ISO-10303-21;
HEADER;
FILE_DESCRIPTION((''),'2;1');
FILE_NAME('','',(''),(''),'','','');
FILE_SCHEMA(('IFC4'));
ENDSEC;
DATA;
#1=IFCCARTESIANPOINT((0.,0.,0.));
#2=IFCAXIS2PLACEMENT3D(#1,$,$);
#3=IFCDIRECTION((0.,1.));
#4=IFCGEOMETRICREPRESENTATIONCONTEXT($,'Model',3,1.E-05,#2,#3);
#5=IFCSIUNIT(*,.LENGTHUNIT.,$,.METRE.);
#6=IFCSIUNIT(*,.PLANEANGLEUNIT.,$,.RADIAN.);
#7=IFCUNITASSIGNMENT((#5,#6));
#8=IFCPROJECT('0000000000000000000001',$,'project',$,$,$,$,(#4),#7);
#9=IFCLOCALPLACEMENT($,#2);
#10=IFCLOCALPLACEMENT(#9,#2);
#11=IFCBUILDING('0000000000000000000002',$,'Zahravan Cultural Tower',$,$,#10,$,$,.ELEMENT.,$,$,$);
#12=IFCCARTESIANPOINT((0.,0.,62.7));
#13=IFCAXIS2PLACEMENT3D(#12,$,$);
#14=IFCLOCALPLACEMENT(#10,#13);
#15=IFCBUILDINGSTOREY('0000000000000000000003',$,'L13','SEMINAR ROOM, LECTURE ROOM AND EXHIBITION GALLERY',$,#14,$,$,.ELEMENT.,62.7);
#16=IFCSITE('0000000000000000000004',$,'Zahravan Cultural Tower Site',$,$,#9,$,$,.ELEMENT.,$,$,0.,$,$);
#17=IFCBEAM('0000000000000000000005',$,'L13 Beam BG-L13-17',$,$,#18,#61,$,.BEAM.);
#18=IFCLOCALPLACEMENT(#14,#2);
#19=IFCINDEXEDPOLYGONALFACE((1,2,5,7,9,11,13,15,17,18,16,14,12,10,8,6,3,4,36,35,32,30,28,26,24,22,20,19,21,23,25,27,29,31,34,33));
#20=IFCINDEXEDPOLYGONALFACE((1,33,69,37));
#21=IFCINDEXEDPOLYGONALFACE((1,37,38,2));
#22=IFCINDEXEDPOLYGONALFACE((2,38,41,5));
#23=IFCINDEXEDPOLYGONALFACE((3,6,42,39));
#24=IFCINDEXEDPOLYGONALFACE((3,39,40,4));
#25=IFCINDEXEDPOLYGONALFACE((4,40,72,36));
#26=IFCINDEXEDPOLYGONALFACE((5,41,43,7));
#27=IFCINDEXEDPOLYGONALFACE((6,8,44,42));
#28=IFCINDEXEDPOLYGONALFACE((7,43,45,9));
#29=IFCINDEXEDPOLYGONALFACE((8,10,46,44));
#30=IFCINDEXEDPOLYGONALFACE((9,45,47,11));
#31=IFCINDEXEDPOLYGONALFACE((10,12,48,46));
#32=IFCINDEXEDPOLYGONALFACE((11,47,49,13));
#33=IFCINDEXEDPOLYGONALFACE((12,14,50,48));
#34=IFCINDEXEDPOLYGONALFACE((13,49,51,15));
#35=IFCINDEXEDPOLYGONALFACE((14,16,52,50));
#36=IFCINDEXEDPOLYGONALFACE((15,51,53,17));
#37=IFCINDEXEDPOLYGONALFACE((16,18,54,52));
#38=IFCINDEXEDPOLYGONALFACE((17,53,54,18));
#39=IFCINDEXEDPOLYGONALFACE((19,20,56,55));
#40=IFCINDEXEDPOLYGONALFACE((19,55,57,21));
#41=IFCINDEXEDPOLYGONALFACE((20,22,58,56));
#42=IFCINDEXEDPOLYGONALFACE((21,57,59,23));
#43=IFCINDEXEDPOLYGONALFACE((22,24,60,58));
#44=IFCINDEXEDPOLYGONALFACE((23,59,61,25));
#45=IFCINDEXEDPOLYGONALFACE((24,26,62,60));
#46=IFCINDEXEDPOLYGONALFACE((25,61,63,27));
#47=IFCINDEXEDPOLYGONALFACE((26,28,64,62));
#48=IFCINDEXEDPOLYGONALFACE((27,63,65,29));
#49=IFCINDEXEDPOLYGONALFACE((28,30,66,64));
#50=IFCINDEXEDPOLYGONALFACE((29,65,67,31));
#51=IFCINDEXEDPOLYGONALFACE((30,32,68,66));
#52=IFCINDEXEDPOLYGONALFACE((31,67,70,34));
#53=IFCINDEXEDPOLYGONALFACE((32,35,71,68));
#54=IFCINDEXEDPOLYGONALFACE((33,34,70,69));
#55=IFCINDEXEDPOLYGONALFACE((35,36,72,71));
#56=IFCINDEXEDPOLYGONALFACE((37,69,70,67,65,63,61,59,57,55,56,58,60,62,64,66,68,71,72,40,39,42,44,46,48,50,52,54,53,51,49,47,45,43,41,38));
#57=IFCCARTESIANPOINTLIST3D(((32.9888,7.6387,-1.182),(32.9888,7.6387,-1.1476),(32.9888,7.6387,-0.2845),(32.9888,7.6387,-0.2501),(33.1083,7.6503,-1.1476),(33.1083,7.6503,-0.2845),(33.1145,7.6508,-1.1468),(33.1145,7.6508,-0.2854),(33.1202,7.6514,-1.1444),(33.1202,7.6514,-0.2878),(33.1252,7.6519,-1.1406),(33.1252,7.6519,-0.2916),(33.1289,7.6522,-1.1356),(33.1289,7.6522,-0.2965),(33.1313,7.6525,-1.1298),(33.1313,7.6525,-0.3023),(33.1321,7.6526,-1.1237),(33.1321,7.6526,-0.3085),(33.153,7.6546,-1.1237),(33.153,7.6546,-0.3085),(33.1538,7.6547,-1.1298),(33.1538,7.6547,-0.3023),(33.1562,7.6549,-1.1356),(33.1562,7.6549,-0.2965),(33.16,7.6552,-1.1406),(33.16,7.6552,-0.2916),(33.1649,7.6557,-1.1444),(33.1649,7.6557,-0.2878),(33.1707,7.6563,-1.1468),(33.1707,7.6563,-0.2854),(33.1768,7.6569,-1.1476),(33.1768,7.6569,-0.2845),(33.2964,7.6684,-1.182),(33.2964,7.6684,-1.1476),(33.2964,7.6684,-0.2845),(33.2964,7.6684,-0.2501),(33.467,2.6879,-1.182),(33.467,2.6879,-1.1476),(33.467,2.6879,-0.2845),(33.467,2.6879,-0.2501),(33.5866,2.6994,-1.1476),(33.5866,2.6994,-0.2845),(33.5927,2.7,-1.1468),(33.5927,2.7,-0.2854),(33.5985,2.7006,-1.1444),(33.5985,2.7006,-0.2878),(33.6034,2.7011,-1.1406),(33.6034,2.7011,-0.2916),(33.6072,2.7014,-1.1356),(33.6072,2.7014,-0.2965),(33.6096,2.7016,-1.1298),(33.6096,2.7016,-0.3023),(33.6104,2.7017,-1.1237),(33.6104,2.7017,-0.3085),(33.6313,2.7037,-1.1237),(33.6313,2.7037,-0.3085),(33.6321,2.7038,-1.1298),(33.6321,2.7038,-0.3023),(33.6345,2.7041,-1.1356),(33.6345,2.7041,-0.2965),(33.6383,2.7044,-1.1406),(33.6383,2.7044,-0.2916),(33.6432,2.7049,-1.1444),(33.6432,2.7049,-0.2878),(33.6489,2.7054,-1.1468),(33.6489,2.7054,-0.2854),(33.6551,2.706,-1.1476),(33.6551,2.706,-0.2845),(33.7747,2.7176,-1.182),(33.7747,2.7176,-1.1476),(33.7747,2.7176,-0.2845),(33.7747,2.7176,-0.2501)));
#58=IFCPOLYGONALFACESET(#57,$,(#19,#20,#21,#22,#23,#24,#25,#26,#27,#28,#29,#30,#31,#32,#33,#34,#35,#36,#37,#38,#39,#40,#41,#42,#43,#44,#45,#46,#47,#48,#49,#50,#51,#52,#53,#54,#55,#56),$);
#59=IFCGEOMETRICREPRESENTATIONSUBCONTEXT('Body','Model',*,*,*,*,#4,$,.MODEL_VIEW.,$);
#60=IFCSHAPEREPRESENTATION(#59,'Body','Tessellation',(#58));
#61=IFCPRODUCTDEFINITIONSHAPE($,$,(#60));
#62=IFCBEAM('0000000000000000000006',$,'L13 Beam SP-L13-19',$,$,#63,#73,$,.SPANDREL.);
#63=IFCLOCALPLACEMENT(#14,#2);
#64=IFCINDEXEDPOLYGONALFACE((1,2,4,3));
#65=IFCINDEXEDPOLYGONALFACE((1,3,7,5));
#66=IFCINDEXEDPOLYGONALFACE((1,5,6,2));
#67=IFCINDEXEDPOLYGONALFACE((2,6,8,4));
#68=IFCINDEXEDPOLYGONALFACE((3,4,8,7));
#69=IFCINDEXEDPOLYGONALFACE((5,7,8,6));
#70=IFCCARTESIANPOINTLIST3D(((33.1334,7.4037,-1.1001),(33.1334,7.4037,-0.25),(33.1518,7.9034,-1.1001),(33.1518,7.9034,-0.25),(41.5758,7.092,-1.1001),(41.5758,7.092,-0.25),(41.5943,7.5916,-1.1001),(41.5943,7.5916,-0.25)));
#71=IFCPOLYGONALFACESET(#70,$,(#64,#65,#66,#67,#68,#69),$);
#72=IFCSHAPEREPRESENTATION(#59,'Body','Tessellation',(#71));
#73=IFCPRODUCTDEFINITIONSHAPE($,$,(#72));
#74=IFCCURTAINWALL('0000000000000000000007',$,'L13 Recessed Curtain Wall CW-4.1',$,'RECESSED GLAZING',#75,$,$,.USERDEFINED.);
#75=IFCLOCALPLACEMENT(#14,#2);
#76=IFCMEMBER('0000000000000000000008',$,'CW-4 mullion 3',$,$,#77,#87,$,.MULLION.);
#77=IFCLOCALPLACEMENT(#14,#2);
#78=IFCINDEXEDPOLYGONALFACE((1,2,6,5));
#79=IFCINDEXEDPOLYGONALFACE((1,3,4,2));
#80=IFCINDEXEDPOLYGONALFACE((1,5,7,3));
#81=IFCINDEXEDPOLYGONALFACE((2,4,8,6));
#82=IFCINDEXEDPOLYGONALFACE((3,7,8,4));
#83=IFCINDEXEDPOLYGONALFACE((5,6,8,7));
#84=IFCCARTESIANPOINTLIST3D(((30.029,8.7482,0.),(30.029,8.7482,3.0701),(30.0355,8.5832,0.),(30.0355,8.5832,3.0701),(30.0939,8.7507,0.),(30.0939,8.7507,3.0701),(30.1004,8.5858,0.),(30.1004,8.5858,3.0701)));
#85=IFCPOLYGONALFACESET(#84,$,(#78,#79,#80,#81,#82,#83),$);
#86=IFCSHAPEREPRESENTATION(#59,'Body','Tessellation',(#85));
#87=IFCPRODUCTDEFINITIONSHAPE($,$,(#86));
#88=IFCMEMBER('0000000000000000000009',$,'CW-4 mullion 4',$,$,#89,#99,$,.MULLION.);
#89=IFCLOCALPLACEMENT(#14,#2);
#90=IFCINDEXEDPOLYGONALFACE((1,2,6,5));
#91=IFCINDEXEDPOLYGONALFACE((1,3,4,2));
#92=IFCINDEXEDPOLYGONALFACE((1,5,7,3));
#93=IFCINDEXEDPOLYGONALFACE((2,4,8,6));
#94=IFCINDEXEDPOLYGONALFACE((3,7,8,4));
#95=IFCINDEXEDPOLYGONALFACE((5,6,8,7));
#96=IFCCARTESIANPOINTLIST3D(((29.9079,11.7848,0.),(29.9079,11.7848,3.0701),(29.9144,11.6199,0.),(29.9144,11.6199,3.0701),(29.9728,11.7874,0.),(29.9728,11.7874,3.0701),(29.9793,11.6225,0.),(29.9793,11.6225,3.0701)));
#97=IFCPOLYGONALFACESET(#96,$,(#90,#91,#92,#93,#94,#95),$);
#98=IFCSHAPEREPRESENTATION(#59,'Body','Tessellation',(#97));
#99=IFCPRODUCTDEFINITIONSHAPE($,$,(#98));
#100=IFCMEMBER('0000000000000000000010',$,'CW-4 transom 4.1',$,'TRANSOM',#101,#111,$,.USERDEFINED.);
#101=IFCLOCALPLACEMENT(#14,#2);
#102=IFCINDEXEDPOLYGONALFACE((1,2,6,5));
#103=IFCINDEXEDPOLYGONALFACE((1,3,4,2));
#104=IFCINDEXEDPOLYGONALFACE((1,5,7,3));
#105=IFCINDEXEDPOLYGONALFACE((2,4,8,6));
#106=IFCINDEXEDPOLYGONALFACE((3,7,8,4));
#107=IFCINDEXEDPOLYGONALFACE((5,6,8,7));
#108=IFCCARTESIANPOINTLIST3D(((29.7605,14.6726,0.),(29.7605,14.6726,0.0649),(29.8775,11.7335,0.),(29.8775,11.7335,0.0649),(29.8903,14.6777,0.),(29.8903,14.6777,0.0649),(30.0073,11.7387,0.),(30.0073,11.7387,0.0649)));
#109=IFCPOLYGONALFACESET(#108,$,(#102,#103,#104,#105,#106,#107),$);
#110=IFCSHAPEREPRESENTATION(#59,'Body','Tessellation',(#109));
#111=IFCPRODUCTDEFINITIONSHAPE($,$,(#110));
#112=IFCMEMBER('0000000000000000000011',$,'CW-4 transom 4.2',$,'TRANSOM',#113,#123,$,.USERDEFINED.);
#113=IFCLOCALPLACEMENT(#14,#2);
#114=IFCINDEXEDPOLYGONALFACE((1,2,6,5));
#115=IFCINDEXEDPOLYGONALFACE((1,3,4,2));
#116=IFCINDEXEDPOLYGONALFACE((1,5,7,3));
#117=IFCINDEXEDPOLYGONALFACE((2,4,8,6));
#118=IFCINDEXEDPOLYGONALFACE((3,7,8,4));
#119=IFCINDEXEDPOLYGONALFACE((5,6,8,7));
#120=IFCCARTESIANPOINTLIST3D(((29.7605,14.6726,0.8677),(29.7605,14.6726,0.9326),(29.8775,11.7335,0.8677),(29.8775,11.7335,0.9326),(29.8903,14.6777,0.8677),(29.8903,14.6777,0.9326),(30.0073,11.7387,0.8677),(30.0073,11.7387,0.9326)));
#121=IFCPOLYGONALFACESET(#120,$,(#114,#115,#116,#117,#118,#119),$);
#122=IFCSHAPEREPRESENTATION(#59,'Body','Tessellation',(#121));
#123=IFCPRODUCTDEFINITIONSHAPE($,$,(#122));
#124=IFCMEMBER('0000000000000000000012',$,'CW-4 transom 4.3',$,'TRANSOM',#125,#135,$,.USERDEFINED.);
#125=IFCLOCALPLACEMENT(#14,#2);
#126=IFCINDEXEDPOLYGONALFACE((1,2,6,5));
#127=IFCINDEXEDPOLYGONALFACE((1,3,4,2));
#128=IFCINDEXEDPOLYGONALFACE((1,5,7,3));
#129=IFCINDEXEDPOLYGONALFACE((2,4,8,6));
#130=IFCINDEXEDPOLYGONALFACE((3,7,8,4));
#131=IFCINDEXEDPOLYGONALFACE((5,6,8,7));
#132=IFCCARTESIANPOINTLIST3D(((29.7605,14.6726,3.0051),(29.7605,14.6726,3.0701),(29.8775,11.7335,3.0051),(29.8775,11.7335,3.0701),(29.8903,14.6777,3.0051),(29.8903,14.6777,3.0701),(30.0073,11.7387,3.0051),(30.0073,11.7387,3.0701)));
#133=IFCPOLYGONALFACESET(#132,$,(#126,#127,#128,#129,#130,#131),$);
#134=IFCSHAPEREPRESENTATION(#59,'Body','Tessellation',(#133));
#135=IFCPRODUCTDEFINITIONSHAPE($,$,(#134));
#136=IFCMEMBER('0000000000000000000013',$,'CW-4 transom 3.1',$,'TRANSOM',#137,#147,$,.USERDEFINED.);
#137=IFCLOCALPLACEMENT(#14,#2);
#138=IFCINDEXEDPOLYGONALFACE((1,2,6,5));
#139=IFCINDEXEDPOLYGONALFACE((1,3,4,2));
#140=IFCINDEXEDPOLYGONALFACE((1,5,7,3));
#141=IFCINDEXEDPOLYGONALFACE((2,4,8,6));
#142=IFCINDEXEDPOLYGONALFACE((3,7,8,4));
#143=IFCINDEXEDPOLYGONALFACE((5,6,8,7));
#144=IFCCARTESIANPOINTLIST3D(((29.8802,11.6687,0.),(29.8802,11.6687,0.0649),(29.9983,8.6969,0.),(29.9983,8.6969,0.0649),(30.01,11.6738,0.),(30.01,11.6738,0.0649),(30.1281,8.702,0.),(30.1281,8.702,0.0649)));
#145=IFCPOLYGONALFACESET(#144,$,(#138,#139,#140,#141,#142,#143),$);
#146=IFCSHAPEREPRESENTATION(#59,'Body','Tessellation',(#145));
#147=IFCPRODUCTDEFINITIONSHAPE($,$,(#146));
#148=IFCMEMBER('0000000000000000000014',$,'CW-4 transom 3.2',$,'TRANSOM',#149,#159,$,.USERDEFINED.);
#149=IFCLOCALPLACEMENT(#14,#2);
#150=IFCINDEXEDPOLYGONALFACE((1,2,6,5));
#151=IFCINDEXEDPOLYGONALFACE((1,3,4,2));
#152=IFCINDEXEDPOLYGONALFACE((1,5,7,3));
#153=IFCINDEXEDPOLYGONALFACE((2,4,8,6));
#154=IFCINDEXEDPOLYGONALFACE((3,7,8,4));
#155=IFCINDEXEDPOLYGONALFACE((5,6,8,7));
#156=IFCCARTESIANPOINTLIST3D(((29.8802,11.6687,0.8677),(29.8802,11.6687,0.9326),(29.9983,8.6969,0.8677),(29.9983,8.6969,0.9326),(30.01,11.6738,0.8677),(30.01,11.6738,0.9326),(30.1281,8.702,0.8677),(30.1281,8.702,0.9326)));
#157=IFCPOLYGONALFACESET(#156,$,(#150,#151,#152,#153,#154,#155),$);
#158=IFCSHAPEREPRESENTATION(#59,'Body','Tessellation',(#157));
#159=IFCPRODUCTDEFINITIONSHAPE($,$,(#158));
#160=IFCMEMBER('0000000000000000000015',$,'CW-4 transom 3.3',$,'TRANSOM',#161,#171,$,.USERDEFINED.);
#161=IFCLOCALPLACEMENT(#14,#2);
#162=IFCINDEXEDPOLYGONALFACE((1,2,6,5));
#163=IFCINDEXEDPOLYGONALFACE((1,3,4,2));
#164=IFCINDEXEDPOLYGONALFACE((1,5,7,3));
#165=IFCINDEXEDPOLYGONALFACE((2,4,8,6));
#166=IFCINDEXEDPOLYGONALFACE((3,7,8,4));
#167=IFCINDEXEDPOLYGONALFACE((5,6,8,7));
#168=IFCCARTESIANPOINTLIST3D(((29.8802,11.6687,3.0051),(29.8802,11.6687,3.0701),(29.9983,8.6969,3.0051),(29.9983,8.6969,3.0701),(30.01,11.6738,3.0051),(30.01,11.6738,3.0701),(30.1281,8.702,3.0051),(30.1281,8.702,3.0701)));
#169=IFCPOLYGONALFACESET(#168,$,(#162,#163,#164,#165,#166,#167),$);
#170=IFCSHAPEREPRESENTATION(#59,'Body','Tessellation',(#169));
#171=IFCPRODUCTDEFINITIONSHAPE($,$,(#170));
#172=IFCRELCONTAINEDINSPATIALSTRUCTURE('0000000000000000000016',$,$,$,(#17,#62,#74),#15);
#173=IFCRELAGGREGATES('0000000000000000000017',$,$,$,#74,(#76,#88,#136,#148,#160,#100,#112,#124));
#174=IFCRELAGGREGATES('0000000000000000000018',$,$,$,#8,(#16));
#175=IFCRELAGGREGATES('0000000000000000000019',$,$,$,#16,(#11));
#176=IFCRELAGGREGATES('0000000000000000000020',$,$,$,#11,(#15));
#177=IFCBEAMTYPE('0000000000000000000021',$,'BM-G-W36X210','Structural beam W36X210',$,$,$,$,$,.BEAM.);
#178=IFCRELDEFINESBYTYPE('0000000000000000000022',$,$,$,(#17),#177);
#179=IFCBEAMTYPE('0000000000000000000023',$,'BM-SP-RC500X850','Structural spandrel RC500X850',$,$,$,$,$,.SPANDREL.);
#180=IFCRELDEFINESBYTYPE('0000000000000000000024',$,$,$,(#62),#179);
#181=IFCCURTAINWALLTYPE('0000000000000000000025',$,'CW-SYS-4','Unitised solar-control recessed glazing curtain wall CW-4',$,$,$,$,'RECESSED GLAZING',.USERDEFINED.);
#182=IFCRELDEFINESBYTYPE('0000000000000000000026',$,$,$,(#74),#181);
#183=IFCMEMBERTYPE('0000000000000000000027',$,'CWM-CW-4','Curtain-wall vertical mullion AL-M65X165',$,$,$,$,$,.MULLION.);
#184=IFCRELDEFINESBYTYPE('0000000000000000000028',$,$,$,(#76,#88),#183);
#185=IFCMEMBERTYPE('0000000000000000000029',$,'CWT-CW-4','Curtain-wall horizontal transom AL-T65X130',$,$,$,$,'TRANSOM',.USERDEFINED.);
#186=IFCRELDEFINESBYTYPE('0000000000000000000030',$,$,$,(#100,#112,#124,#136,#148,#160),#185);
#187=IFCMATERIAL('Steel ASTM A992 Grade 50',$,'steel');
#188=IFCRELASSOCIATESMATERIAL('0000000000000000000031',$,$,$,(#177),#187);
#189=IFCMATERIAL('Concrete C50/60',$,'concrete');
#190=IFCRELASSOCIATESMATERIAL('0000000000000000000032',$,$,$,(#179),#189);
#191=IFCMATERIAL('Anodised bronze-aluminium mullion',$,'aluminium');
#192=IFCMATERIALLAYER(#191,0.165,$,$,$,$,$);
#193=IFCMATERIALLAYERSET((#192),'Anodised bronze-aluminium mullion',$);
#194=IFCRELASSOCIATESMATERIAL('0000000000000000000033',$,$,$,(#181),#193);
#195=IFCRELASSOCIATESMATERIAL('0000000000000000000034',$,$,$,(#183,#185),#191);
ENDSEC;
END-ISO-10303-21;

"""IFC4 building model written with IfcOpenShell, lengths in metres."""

from ifc_helpers import new_model, si_unit, direction, frame, origin, origin_2d, place, context, subcontext, project, spatial, rectangle, i_section, extrude, source, transform, mapped, material, layer, layer_set, material_profile, profile_set, type_object, element, aggregate, save


model = new_model("IFC4")

# Units and contexts
model_context = context("Model", 3, precision=1e-05, world=origin(), true_north=direction((0.0, 1.0)))
body_context = subcontext(model_context, "Body", "Model", "MODEL_VIEW")
ifc_project = project(units=[si_unit("LENGTHUNIT", "METRE"), si_unit("PLANEANGLEUNIT", "RADIAN")], contexts=[model_context])

# Site, building, storey
site_placement = place(None, origin())
site = spatial("IfcSite", under=ifc_project, at=site_placement, Name="Zahravan Cultural Tower Site", CompositionType="ELEMENT", RefElevation=0.0)
building_placement = place(site_placement, origin())
building = spatial("IfcBuilding", under=site, at=building_placement, Name="Zahravan Cultural Tower", CompositionType="ELEMENT")
storey_placement = place(building_placement, frame((0.0, 0.0, 62.7)))
storey = spatial("IfcBuildingStorey", under=building, at=storey_placement, Name="L13", Description="SEMINAR ROOM, LECTURE ROOM AND EXHIBITION GALLERY", CompositionType="ELEMENT", Elevation=62.7)

# Beams
ifc_material_1 = material(Name="Steel ASTM A992 Grade 50", Category="steel")
ifc_material_profile_1 = material_profile(ifc_material_1, i_section(OverallWidth=0.3091, OverallDepth=0.9319, WebThickness=0.021, FlangeThickness=0.0344, FilletRadius=0.0239, at=origin_2d()), Name="W36X210")
ifc_profile_set_1 = profile_set([ifc_material_profile_1], Name="Steel ASTM A992 Grade 50")
beam_type_1 = type_object("IfcBeamType", Name="BM-G-W36X210", Description="Structural beam W36X210", PredefinedType="BEAM", material=ifc_profile_set_1)
shared_shape_1 = source(origin(), body_context, "Body", "SweptSolid", [
    extrude(i_section(OverallWidth=0.3091, OverallDepth=0.9319, WebThickness=0.021, FlangeThickness=0.0344, FilletRadius=0.0239, at=origin_2d()), origin(), (0.0, 0.0, 1.0), 4.9739),
])
beam_1_placement = place(storey_placement, frame((33.1426, 7.6536, -0.7161), z_axis=(0.096155, -0.995366, 0.0), x_axis=(0.995366, 0.096155, 0.0)))
element("IfcBeam", 1, at=beam_1_placement, inside=storey, type_object=beam_type_1, Name="L13 Beam BG-L13-17", PredefinedType="BEAM", context=body_context, shape_type="MappedRepresentation", body=[
    mapped(shared_shape_1, transform((0.0, 0.0, 0.0), x_axis=(1.0, 0.0, 0.0), y_axis=(0.0, 1.0, 0.0), z_axis=(0.0, 0.0, 1.0), scale=1.0)),
])
ifc_material_2 = material(Name="Concrete C50/60", Category="concrete")
ifc_material_profile_2 = material_profile(ifc_material_2, rectangle(XDim=0.5, YDim=0.8501, at=origin_2d()), Name="RC500X850")
ifc_profile_set_2 = profile_set([ifc_material_profile_2], Name="Concrete C50/60")
beam_type_2 = type_object("IfcBeamType", Name="BM-SP-RC500X850", Description="Structural spandrel RC500X850", PredefinedType="SPANDREL", material=ifc_profile_set_2)
shared_shape_2 = source(origin(), body_context, "Body", "SweptSolid", [
    extrude(rectangle(XDim=0.5, YDim=0.8501, at=origin_2d()), origin(), (0.0, 0.0, 1.0), 8.4482),
])
beam_2_placement = place(storey_placement, frame((33.1426, 7.6536, -0.675), z_axis=(0.999319, -0.036904, 0.0), x_axis=(0.036904, 0.999319, 0.0)))
element("IfcBeam", 2, at=beam_2_placement, inside=storey, type_object=beam_type_2, Name="L13 Beam SP-L13-19", PredefinedType="SPANDREL", context=body_context, shape_type="MappedRepresentation", body=[
    mapped(shared_shape_2, transform((0.0, 0.0, 0.0), x_axis=(1.0, 0.0, 0.0), y_axis=(0.0, 1.0, 0.0), z_axis=(0.0, 0.0, 1.0), scale=1.0)),
])

# Curtain wall, members
ifc_material_3 = material(Name="Anodised bronze-aluminium mullion", Category="aluminium")
ifc_layer_1 = layer(ifc_material_3, 0.165)
ifc_layer_set_1 = layer_set([ifc_layer_1], Name="Anodised bronze-aluminium mullion")
curtain_wall_type = type_object("IfcCurtainWallType", Name="CW-SYS-4", Description="Unitised solar-control recessed glazing curtain wall CW-4", ElementType="RECESSED GLAZING", PredefinedType="USERDEFINED", material=ifc_layer_set_1)
curtain_wall_placement = place(storey_placement, origin())
curtain_wall = element("IfcCurtainWall", 3, at=curtain_wall_placement, inside=storey, type_object=curtain_wall_type, Name="L13 Recessed Curtain Wall CW-4.1", ObjectType="RECESSED GLAZING", PredefinedType="USERDEFINED")
ifc_material_profile_3 = material_profile(ifc_material_3, rectangle(XDim=0.0649, YDim=0.165, at=origin_2d()), Name="AL-M65X165")
ifc_profile_set_3 = profile_set([ifc_material_profile_3], Name="Anodised bronze-aluminium mullion")
member_type_1 = type_object("IfcMemberType", Name="CWM-CW-4", Description="Curtain-wall vertical mullion AL-M65X165", PredefinedType="MULLION", material=ifc_profile_set_3)
shared_shape_3 = source(origin(), body_context, "Body", "SweptSolid", [
    extrude(rectangle(XDim=0.0649, YDim=0.165, at=origin_2d()), origin(), (0.0, 0.0, 1.0), 3.0701),
])
member_1_placement = place(storey_placement, frame((30.0647, 8.667, 0.0), z_axis=(0.0, 0.0, 1.0), x_axis=(-0.999208, -0.039785, 0.0)))
member_1 = element("IfcMember", 4, at=member_1_placement, type_object=member_type_1, Name="CW-4 mullion 3", PredefinedType="MULLION", context=body_context, shape_type="MappedRepresentation", body=[
    mapped(shared_shape_3, transform((0.0, 0.0, 0.0), x_axis=(1.0, 0.0, 0.0), y_axis=(0.0, 1.0, 0.0), z_axis=(0.0, 0.0, 1.0), scale=1.0)),
])
member_2_placement = place(storey_placement, frame((29.9436, 11.7036, 0.0), z_axis=(0.0, 0.0, 1.0), x_axis=(-0.999208, -0.039785, 0.0)))
member_2 = element("IfcMember", 5, at=member_2_placement, type_object=member_type_1, Name="CW-4 mullion 4", PredefinedType="MULLION", context=body_context, shape_type="MappedRepresentation", body=[
    mapped(shared_shape_3, transform((0.0, 0.0, 0.0), x_axis=(1.0, 0.0, 0.0), y_axis=(0.0, 1.0, 0.0), z_axis=(0.0, 0.0, 1.0), scale=1.0)),
])
ifc_material_profile_4 = material_profile(ifc_material_3, rectangle(XDim=0.1299, YDim=0.0649, at=origin_2d()), Name="AL-T65X130")
ifc_profile_set_4 = profile_set([ifc_material_profile_4], Name="Anodised bronze-aluminium mullion")
member_type_2 = type_object("IfcMemberType", Name="CWT-CW-4", Description="Curtain-wall horizontal transom AL-T65X130", ElementType="TRANSOM", PredefinedType="USERDEFINED", material=ifc_profile_set_4)
shared_shape_4 = source(origin(), body_context, "Body", "SweptSolid", [
    extrude(rectangle(XDim=0.1299, YDim=0.0649, at=origin_2d()), origin(), (0.0, 0.0, 1.0), 2.9414),
])
member_3_placement = place(storey_placement, frame((29.9424, 11.7361, 0.0325), z_axis=(-0.039759, 0.999209, 0.0), x_axis=(-0.999209, -0.039759, 0.0)))
member_3 = element("IfcMember", 6, at=member_3_placement, type_object=member_type_2, Name="CW-4 transom 4.1", ObjectType="TRANSOM", PredefinedType="USERDEFINED", context=body_context, shape_type="MappedRepresentation", body=[
    mapped(shared_shape_4, transform((0.0, 0.0, 0.0), x_axis=(1.0, 0.0, 0.0), y_axis=(0.0, 1.0, 0.0), z_axis=(0.0, 0.0, 1.0), scale=1.0)),
])
member_4_placement = place(storey_placement, frame((29.9424, 11.7361, 0.9001), z_axis=(-0.039759, 0.999209, 0.0), x_axis=(-0.999209, -0.039759, 0.0)))
member_4 = element("IfcMember", 7, at=member_4_placement, type_object=member_type_2, Name="CW-4 transom 4.2", ObjectType="TRANSOM", PredefinedType="USERDEFINED", context=body_context, shape_type="MappedRepresentation", body=[
    mapped(shared_shape_4, transform((0.0, 0.0, 0.0), x_axis=(1.0, 0.0, 0.0), y_axis=(0.0, 1.0, 0.0), z_axis=(0.0, 0.0, 1.0), scale=1.0)),
])
member_5_placement = place(storey_placement, frame((29.9424, 11.7361, 3.0376), z_axis=(-0.039759, 0.999209, 0.0), x_axis=(-0.999209, -0.039759, 0.0)))
member_5 = element("IfcMember", 8, at=member_5_placement, type_object=member_type_2, Name="CW-4 transom 4.3", ObjectType="TRANSOM", PredefinedType="USERDEFINED", context=body_context, shape_type="MappedRepresentation", body=[
    mapped(shared_shape_4, transform((0.0, 0.0, 0.0), x_axis=(1.0, 0.0, 0.0), y_axis=(0.0, 1.0, 0.0), z_axis=(0.0, 0.0, 1.0), scale=1.0)),
])
shared_shape_5 = source(origin(), body_context, "Body", "SweptSolid", [
    extrude(rectangle(XDim=0.1299, YDim=0.0649, at=origin_2d()), origin(), (0.0, 0.0, 1.0), 2.9741),
])
member_6_placement = place(storey_placement, frame((30.0632, 8.6995, 0.0325), z_axis=(-0.039732, 0.99921, 0.0), x_axis=(-0.99921, -0.039732, 0.0)))
member_6 = element("IfcMember", 9, at=member_6_placement, type_object=member_type_2, Name="CW-4 transom 3.1", ObjectType="TRANSOM", PredefinedType="USERDEFINED", context=body_context, shape_type="MappedRepresentation", body=[
    mapped(shared_shape_5, transform((0.0, 0.0, 0.0), x_axis=(1.0, 0.0, 0.0), y_axis=(0.0, 1.0, 0.0), z_axis=(0.0, 0.0, 1.0), scale=1.0)),
])
member_7_placement = place(storey_placement, frame((30.0632, 8.6995, 0.9001), z_axis=(-0.039732, 0.99921, 0.0), x_axis=(-0.99921, -0.039732, 0.0)))
member_7 = element("IfcMember", 10, at=member_7_placement, type_object=member_type_2, Name="CW-4 transom 3.2", ObjectType="TRANSOM", PredefinedType="USERDEFINED", context=body_context, shape_type="MappedRepresentation", body=[
    mapped(shared_shape_5, transform((0.0, 0.0, 0.0), x_axis=(1.0, 0.0, 0.0), y_axis=(0.0, 1.0, 0.0), z_axis=(0.0, 0.0, 1.0), scale=1.0)),
])
member_8_placement = place(storey_placement, frame((30.0632, 8.6995, 3.0376), z_axis=(-0.039732, 0.99921, 0.0), x_axis=(-0.99921, -0.039732, 0.0)))
member_8 = element("IfcMember", 11, at=member_8_placement, type_object=member_type_2, Name="CW-4 transom 3.3", ObjectType="TRANSOM", PredefinedType="USERDEFINED", context=body_context, shape_type="MappedRepresentation", body=[
    mapped(shared_shape_5, transform((0.0, 0.0, 0.0), x_axis=(1.0, 0.0, 0.0), y_axis=(0.0, 1.0, 0.0), z_axis=(0.0, 0.0, 1.0), scale=1.0)),
])
aggregate(curtain_wall, [member_1, member_2, member_6, member_7, member_8, member_3, member_4, member_5])

save(model, "model.ifc")
